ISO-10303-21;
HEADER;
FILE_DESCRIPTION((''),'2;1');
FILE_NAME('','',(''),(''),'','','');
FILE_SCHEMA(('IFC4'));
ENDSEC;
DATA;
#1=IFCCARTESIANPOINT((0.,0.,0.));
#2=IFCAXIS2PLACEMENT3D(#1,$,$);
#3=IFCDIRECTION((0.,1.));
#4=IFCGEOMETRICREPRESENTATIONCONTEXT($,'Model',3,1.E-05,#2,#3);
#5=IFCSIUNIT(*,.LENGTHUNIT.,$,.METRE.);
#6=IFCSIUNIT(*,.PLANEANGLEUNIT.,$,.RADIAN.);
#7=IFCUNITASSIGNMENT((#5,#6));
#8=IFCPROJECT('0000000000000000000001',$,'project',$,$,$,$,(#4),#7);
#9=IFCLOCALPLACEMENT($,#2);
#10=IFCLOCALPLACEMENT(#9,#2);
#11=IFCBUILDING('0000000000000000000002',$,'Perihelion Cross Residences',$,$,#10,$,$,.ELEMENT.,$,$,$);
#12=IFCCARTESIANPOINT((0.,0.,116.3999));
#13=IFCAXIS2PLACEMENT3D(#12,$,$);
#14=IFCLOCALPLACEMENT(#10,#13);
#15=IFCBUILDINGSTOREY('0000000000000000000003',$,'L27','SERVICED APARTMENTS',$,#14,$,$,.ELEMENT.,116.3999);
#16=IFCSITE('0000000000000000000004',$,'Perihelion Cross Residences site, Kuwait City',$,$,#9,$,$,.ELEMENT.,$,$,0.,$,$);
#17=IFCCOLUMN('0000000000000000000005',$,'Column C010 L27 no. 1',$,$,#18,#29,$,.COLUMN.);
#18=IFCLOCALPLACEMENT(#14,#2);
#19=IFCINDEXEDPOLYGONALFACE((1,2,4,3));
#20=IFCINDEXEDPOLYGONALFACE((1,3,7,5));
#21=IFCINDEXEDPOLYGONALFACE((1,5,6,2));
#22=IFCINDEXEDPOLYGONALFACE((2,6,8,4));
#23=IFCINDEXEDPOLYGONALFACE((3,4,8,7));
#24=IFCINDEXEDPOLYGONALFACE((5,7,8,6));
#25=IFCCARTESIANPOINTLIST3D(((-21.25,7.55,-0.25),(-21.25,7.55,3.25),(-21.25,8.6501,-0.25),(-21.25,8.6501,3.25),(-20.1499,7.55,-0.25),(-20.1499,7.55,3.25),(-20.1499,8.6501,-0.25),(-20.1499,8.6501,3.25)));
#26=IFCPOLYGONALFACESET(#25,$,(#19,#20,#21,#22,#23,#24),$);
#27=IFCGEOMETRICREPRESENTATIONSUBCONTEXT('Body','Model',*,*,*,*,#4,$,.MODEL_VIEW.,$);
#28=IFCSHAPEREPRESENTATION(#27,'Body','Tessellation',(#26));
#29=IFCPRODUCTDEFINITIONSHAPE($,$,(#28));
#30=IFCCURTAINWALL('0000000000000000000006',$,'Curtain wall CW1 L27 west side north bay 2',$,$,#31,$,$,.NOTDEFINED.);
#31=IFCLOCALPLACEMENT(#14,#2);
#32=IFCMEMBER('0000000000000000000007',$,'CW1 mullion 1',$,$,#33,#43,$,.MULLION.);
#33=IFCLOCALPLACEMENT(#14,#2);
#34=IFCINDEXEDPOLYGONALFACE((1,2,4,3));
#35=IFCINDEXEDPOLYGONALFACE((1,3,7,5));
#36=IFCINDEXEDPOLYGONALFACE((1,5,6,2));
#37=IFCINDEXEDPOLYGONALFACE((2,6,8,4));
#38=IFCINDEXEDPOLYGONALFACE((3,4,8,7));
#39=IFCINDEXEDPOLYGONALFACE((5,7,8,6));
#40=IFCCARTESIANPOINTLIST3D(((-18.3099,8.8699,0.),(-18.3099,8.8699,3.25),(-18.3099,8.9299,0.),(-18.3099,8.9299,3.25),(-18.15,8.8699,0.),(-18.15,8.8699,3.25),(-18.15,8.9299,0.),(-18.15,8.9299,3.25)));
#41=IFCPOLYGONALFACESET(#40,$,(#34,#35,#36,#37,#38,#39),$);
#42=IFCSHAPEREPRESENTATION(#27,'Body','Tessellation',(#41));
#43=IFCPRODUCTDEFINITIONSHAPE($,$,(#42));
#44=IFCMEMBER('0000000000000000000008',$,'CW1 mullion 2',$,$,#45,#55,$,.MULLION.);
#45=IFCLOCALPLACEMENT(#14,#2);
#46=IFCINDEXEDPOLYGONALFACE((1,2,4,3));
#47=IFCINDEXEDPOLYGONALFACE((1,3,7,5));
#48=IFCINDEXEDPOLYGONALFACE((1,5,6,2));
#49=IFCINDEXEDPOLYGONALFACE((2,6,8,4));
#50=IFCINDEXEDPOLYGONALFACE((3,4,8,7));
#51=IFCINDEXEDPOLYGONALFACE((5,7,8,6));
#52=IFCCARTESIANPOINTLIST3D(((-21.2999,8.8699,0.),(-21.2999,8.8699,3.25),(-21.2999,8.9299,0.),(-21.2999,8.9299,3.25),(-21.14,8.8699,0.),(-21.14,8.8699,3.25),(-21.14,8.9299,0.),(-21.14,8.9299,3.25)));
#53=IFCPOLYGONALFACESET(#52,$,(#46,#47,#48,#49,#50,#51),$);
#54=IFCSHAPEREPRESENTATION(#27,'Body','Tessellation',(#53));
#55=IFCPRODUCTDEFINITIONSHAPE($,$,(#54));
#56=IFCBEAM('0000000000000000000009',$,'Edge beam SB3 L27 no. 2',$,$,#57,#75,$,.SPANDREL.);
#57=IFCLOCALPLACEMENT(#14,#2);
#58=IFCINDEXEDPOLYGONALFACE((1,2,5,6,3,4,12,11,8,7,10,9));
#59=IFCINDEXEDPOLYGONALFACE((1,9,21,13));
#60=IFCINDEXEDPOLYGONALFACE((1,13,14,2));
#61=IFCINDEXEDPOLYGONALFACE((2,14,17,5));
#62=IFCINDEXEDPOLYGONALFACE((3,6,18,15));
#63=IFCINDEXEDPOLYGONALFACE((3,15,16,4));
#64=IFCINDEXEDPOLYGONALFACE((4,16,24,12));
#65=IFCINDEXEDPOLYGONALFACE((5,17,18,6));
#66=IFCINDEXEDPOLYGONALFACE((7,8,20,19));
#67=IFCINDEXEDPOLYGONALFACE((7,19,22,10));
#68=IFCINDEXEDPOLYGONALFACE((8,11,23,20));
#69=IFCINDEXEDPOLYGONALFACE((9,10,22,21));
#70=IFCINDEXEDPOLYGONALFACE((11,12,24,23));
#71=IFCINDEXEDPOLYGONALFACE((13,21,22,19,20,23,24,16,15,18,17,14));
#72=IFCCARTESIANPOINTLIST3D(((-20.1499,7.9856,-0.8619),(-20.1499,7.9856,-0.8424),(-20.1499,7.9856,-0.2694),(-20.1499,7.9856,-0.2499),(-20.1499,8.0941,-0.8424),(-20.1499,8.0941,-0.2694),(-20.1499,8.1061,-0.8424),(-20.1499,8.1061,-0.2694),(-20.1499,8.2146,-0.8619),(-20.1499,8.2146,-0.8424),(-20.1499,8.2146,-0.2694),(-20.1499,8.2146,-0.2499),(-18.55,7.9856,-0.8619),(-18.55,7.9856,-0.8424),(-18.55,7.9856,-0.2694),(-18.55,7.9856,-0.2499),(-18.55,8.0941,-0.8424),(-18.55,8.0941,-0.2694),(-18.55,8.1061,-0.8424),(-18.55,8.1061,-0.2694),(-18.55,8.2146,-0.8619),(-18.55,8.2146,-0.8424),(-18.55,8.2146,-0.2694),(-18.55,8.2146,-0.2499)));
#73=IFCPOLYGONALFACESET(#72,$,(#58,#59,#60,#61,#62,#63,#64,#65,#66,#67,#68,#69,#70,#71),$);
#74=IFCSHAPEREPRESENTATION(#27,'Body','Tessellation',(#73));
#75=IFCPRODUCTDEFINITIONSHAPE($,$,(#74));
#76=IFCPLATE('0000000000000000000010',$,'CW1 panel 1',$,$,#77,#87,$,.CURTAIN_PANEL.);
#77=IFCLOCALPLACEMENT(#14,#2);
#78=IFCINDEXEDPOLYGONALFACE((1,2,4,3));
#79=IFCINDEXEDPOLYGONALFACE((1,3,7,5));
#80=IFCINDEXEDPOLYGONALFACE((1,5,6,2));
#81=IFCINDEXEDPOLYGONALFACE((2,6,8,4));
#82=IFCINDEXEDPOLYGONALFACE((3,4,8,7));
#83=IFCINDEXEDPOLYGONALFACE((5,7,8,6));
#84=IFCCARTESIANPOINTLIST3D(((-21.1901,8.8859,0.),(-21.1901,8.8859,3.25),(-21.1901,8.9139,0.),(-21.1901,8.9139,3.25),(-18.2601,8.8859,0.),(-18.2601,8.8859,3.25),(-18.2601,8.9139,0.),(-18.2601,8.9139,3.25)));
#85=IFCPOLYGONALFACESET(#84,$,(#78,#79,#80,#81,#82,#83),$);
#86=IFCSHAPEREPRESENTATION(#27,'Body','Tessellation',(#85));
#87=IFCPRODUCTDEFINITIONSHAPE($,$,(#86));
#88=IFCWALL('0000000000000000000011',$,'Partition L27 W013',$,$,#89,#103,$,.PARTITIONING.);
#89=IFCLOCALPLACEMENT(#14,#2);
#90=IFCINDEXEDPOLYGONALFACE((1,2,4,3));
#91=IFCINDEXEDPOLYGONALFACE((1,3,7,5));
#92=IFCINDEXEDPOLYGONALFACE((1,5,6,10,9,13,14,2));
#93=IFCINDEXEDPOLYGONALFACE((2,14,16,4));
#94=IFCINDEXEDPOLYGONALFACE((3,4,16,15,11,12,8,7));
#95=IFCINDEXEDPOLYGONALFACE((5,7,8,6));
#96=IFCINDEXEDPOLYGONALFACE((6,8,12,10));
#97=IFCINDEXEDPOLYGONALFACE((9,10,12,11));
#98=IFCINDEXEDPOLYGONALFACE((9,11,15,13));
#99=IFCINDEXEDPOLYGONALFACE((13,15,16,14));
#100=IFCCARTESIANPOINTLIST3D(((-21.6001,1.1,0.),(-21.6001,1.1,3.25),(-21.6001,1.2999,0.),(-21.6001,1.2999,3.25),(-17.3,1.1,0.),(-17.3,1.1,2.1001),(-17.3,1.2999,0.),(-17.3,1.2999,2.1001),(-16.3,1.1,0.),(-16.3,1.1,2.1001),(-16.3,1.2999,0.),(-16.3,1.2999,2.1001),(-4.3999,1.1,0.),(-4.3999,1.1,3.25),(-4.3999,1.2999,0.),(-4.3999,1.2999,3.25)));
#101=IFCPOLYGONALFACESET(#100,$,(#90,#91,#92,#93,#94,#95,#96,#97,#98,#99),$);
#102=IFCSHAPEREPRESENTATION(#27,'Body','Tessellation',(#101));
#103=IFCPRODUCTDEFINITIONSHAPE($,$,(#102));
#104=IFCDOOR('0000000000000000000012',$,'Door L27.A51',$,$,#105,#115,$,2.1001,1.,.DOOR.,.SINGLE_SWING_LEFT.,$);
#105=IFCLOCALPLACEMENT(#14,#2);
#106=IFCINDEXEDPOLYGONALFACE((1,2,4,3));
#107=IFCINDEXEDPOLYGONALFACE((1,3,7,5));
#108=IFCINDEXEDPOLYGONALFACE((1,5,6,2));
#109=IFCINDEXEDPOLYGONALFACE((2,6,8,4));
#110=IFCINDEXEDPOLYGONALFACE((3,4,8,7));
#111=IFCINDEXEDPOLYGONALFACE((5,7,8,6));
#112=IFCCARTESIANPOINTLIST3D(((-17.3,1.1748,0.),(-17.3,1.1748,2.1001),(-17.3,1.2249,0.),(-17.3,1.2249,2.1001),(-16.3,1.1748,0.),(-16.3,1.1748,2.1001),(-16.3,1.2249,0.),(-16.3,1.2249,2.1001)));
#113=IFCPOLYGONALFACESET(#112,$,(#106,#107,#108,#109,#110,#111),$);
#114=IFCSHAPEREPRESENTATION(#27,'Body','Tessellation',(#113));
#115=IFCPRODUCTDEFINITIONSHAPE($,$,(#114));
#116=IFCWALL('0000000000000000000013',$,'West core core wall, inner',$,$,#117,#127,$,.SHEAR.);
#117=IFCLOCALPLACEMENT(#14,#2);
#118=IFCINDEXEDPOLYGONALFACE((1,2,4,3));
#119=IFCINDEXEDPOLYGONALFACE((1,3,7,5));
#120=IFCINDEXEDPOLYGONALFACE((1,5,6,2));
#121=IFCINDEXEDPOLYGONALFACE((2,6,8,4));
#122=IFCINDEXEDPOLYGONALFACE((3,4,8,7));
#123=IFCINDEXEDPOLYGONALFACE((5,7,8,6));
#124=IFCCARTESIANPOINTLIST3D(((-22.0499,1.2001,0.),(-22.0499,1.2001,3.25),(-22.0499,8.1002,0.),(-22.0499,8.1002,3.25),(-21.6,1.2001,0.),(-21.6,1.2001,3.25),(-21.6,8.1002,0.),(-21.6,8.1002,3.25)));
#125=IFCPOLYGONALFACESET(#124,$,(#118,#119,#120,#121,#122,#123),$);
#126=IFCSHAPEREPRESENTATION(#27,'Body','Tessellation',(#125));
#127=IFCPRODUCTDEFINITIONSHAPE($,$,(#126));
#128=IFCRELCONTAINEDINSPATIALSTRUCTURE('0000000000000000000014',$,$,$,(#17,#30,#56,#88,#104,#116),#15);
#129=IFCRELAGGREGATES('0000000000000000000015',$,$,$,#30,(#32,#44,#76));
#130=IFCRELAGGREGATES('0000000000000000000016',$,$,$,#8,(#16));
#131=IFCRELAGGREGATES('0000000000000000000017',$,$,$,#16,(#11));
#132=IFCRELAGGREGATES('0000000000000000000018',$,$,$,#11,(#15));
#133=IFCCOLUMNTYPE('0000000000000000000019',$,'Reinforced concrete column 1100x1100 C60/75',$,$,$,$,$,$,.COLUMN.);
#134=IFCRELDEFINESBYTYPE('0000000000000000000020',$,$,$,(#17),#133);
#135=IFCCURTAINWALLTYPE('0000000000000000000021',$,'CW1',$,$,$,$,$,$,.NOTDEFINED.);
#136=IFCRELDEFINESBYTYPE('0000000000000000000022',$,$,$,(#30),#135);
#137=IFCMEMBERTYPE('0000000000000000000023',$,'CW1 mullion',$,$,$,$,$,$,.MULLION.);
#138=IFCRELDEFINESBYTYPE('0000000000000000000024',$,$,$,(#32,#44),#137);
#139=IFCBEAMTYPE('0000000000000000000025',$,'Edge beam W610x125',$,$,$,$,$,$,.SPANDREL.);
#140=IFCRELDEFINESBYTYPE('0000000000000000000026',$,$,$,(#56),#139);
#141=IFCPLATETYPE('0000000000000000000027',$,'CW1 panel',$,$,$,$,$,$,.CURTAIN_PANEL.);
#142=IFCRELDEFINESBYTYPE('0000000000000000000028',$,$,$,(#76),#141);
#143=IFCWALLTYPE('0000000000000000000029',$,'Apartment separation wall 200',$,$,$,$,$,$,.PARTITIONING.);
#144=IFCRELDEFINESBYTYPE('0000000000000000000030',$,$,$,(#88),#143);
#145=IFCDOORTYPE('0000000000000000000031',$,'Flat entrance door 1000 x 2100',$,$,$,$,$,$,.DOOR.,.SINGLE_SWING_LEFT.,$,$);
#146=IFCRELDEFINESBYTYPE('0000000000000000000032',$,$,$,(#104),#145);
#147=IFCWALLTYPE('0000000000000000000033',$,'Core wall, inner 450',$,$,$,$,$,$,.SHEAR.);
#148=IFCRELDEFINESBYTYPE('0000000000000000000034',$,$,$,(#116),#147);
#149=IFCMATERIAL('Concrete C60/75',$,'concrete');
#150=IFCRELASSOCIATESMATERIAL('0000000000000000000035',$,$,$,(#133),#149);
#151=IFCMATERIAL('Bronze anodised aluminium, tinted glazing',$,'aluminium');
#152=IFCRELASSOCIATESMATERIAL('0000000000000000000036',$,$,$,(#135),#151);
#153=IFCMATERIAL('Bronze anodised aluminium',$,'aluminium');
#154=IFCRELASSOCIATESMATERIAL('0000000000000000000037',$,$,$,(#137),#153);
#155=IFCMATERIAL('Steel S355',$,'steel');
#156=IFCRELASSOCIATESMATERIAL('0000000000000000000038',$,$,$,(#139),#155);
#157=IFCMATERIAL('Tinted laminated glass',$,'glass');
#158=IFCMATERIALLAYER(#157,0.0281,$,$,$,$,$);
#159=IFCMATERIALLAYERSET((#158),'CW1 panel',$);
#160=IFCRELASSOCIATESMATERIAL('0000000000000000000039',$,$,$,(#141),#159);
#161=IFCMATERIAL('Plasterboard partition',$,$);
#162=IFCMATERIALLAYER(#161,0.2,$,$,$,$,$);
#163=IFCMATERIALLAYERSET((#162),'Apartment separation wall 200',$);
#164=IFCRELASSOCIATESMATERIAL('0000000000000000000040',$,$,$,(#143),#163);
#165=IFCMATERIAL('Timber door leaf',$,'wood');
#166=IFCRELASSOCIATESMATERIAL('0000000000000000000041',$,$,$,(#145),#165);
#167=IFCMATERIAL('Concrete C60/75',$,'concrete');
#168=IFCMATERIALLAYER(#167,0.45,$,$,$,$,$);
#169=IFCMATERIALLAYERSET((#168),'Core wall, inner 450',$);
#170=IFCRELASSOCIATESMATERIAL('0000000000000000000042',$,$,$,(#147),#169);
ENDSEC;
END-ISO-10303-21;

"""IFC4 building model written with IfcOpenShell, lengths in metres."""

from ifc_helpers import new_model, si_unit, direction, frame, frame_2d, origin, origin_2d, place, context, subcontext, project, spatial, rectangle, i_section, extrude, material, layer, layer_set, material_profile, profile_set, type_object, element, fill, aggregate, save


model = new_model("IFC4")

# Units and contexts
model_context = context("Model", 3, precision=1e-05, world=origin(), true_north=direction((0.0, 1.0)))
body_context = subcontext(model_context, "Body", "Model", "MODEL_VIEW")
ifc_project = project(units=[si_unit("LENGTHUNIT", "METRE"), si_unit("PLANEANGLEUNIT", "RADIAN")], contexts=[model_context])

# Site, building, storey
site_placement = place(None, origin())
site = spatial("IfcSite", under=ifc_project, at=site_placement, Name="Perihelion Cross Residences site, Kuwait City", CompositionType="ELEMENT", RefElevation=0.0)
building_placement = place(site_placement, origin())
building = spatial("IfcBuilding", under=site, at=building_placement, Name="Perihelion Cross Residences", CompositionType="ELEMENT")
storey_placement = place(building_placement, frame((0.0, 0.0, 116.3999)))
storey = spatial("IfcBuildingStorey", under=building, at=storey_placement, Name="L27", Description="SERVICED APARTMENTS", CompositionType="ELEMENT", Elevation=116.3999)

# Column
ifc_material_1 = material(Name="Concrete C60/75", Category="concrete")
ifc_material_profile_1 = material_profile(ifc_material_1, rectangle(XDim=1.1001, YDim=1.1001, at=origin_2d()), Name="RC 1100x1100")
ifc_profile_set_1 = profile_set([ifc_material_profile_1], Name="Concrete C60/75")
column_type = type_object("IfcColumnType", Name="Reinforced concrete column 1100x1100 C60/75", PredefinedType="COLUMN", material=ifc_profile_set_1)
column_placement = place(storey_placement, frame((-20.7, 8.1001, -0.25), z_axis=(0.0, 0.0, 1.0), x_axis=(1.0, 0.0, 0.0)))
element("IfcColumn", 1, at=column_placement, inside=storey, type_object=column_type, Name="Column C010 L27 no. 1", PredefinedType="COLUMN", context=body_context, shape_type="SweptSolid", body=[
    extrude(rectangle(XDim=1.1001, YDim=1.1001, at=origin_2d()), origin(), (0.0, 0.0, 1.0), 3.5),
])

# Curtain wall, members
ifc_material_2 = material(Name="Bronze anodised aluminium, tinted glazing", Category="aluminium")
curtain_wall_type = type_object("IfcCurtainWallType", Name="CW1", PredefinedType="NOTDEFINED", material=ifc_material_2)
curtain_wall_placement = place(storey_placement, origin())
curtain_wall = element("IfcCurtainWall", 2, at=curtain_wall_placement, inside=storey, type_object=curtain_wall_type, Name="Curtain wall CW1 L27 west side north bay 2", PredefinedType="NOTDEFINED")
ifc_material_3 = material(Name="Bronze anodised aluminium", Category="aluminium")
ifc_material_profile_2 = material_profile(ifc_material_3, rectangle(XDim=0.0601, YDim=0.1599, at=origin_2d()), Name="CW1 mullion")
ifc_profile_set_2 = profile_set([ifc_material_profile_2], Name="Bronze anodised aluminium")
member_type = type_object("IfcMemberType", Name="CW1 mullion", PredefinedType="MULLION", material=ifc_profile_set_2)
member_1_placement = place(storey_placement, frame((-18.23, 8.8999, 0.0), z_axis=(0.0, 0.0, 1.0), x_axis=(0.0, -1.0, 0.0)))
member_1 = element("IfcMember", 3, at=member_1_placement, type_object=member_type, Name="CW1 mullion 1", PredefinedType="MULLION", context=body_context, shape_type="SweptSolid", body=[
    extrude(rectangle(XDim=0.0601, YDim=0.1599, at=origin_2d()), origin(), (0.0, 0.0, 1.0), 3.25),
])
member_2_placement = place(storey_placement, frame((-21.22, 8.8999, 0.0), z_axis=(0.0, 0.0, 1.0), x_axis=(0.0, -1.0, 0.0)))
member_2 = element("IfcMember", 4, at=member_2_placement, type_object=member_type, Name="CW1 mullion 2", PredefinedType="MULLION", context=body_context, shape_type="SweptSolid", body=[
    extrude(rectangle(XDim=0.0601, YDim=0.1599, at=origin_2d()), origin(), (0.0, 0.0, 1.0), 3.25),
])

# Beam
ifc_material_4 = material(Name="Steel S355", Category="steel")
ifc_material_profile_3 = material_profile(ifc_material_4, i_section(OverallWidth=0.229, OverallDepth=0.6121, WebThickness=0.012, FlangeThickness=0.0195, at=origin_2d()), Name="W610x125")
ifc_profile_set_3 = profile_set([ifc_material_profile_3], Name="Steel S355")
beam_type = type_object("IfcBeamType", Name="Edge beam W610x125", PredefinedType="SPANDREL", material=ifc_profile_set_3)
beam_placement = place(storey_placement, frame((-18.55, 8.1001, -0.5559), z_axis=(-1.0, 0.0, 0.0), x_axis=(0.0, -1.0, 0.0)))
element("IfcBeam", 5, at=beam_placement, inside=storey, type_object=beam_type, Name="Edge beam SB3 L27 no. 2", PredefinedType="SPANDREL", context=body_context, shape_type="SweptSolid", body=[
    extrude(i_section(OverallWidth=0.229, OverallDepth=0.6121, WebThickness=0.012, FlangeThickness=0.0195, at=origin_2d()), origin(), (0.0, 0.0, 1.0), 1.5999),
])

# Plate
ifc_material_5 = material(Name="Tinted laminated glass", Category="glass")
ifc_layer_1 = layer(ifc_material_5, 0.0281)
ifc_layer_set_1 = layer_set([ifc_layer_1], Name="CW1 panel")
plate_type = type_object("IfcPlateType", Name="CW1 panel", PredefinedType="CURTAIN_PANEL", material=ifc_layer_set_1)
plate_placement = place(storey_placement, frame((-19.7251, 8.8999, 0.0), z_axis=(0.0, 0.0, 1.0), x_axis=(-1.0, 0.0, 0.0)))
plate = element("IfcPlate", 6, at=plate_placement, type_object=plate_type, Name="CW1 panel 1", PredefinedType="CURTAIN_PANEL", context=body_context, shape_type="SweptSolid", body=[
    extrude(rectangle(XDim=2.9299, YDim=0.0281, at=origin_2d()), origin(), (0.0, 0.0, 1.0), 3.25),
])
aggregate(curtain_wall, [member_1, member_2, plate])

# Wall, opening, door
ifc_material_6 = material(Name="Plasterboard partition")
ifc_layer_2 = layer(ifc_material_6, 0.2)
ifc_layer_set_2 = layer_set([ifc_layer_2], Name="Apartment separation wall 200")
wall_type_1 = type_object("IfcWallType", Name="Apartment separation wall 200", PredefinedType="PARTITIONING", material=ifc_layer_set_2)
wall_1_placement = place(storey_placement, frame((-21.6001, 1.2, 0.0), z_axis=(0.0, 0.0, 1.0), x_axis=(1.0, 0.0, 0.0)))
wall_1 = element("IfcWall", 7, at=wall_1_placement, inside=storey, type_object=wall_type_1, Name="Partition L27 W013", PredefinedType="PARTITIONING", context=body_context, shape_type="SweptSolid", body=[
    extrude(rectangle(XDim=17.2002, YDim=0.2, at=frame_2d((8.6001, 0.0))), origin(), (0.0, 0.0, 1.0), 3.25),
])
opening_1_placement = place(wall_1_placement, frame((4.3, 0.0, 0.0)))
opening_1 = element("IfcOpeningElement", 8, at=opening_1_placement, cuts=wall_1, PredefinedType="OPENING", context=body_context, shape_type="SweptSolid", body=[
    extrude(rectangle(XDim=1.0, YDim=2.1001, at=frame_2d((0.5, 1.05))), frame((0.0, 0.1099, 0.0), z_axis=(0.0, -1.0, 0.0), x_axis=(1.0, 0.0, 0.0)), (0.0, 0.0, 1.0), 0.22),
])
ifc_material_7 = material(Name="Timber door leaf", Category="wood")
door_type_1 = type_object("IfcDoorType", Name="Flat entrance door 1000 x 2100", OperationType="SINGLE_SWING_LEFT", PredefinedType="DOOR", material=ifc_material_7)
door_1_placement = place(opening_1_placement, origin())
door_1 = element("IfcDoor", 9, at=door_1_placement, inside=storey, type_object=door_type_1, Name="Door L27.A51", OperationType="SINGLE_SWING_LEFT", OverallHeight=2.1001, OverallWidth=1.0, PredefinedType="DOOR", context=body_context, shape_type="SweptSolid", body=[
    extrude(rectangle(XDim=1.0, YDim=2.1001, at=frame_2d((0.5, 1.05))), frame((0.0, 0.0249, 0.0), z_axis=(0.0, -1.0, 0.0), x_axis=(1.0, 0.0, 0.0)), (0.0, 0.0, 1.0), 0.05),
])
fill(opening_1, door_1)

# Wall
ifc_material_8 = material(Name="Concrete C60/75", Category="concrete")
ifc_layer_3 = layer(ifc_material_8, 0.45)
ifc_layer_set_3 = layer_set([ifc_layer_3], Name="Core wall, inner 450")
wall_type_2 = type_object("IfcWallType", Name="Core wall, inner 450", PredefinedType="SHEAR", material=ifc_layer_set_3)
wall_2_placement = place(storey_placement, frame((-21.825, 1.2, 0.0), z_axis=(0.0, 0.0, 1.0), x_axis=(0.0, 1.0, 0.0)))
element("IfcWall", 10, at=wall_2_placement, inside=storey, type_object=wall_type_2, Name="West core core wall, inner", PredefinedType="SHEAR", context=body_context, shape_type="SweptSolid", body=[
    extrude(rectangle(XDim=6.9001, YDim=0.45, at=frame_2d((3.4502, 0.0))), origin(), (0.0, 0.0, 1.0), 3.25),
])

save(model, "model.ifc")
